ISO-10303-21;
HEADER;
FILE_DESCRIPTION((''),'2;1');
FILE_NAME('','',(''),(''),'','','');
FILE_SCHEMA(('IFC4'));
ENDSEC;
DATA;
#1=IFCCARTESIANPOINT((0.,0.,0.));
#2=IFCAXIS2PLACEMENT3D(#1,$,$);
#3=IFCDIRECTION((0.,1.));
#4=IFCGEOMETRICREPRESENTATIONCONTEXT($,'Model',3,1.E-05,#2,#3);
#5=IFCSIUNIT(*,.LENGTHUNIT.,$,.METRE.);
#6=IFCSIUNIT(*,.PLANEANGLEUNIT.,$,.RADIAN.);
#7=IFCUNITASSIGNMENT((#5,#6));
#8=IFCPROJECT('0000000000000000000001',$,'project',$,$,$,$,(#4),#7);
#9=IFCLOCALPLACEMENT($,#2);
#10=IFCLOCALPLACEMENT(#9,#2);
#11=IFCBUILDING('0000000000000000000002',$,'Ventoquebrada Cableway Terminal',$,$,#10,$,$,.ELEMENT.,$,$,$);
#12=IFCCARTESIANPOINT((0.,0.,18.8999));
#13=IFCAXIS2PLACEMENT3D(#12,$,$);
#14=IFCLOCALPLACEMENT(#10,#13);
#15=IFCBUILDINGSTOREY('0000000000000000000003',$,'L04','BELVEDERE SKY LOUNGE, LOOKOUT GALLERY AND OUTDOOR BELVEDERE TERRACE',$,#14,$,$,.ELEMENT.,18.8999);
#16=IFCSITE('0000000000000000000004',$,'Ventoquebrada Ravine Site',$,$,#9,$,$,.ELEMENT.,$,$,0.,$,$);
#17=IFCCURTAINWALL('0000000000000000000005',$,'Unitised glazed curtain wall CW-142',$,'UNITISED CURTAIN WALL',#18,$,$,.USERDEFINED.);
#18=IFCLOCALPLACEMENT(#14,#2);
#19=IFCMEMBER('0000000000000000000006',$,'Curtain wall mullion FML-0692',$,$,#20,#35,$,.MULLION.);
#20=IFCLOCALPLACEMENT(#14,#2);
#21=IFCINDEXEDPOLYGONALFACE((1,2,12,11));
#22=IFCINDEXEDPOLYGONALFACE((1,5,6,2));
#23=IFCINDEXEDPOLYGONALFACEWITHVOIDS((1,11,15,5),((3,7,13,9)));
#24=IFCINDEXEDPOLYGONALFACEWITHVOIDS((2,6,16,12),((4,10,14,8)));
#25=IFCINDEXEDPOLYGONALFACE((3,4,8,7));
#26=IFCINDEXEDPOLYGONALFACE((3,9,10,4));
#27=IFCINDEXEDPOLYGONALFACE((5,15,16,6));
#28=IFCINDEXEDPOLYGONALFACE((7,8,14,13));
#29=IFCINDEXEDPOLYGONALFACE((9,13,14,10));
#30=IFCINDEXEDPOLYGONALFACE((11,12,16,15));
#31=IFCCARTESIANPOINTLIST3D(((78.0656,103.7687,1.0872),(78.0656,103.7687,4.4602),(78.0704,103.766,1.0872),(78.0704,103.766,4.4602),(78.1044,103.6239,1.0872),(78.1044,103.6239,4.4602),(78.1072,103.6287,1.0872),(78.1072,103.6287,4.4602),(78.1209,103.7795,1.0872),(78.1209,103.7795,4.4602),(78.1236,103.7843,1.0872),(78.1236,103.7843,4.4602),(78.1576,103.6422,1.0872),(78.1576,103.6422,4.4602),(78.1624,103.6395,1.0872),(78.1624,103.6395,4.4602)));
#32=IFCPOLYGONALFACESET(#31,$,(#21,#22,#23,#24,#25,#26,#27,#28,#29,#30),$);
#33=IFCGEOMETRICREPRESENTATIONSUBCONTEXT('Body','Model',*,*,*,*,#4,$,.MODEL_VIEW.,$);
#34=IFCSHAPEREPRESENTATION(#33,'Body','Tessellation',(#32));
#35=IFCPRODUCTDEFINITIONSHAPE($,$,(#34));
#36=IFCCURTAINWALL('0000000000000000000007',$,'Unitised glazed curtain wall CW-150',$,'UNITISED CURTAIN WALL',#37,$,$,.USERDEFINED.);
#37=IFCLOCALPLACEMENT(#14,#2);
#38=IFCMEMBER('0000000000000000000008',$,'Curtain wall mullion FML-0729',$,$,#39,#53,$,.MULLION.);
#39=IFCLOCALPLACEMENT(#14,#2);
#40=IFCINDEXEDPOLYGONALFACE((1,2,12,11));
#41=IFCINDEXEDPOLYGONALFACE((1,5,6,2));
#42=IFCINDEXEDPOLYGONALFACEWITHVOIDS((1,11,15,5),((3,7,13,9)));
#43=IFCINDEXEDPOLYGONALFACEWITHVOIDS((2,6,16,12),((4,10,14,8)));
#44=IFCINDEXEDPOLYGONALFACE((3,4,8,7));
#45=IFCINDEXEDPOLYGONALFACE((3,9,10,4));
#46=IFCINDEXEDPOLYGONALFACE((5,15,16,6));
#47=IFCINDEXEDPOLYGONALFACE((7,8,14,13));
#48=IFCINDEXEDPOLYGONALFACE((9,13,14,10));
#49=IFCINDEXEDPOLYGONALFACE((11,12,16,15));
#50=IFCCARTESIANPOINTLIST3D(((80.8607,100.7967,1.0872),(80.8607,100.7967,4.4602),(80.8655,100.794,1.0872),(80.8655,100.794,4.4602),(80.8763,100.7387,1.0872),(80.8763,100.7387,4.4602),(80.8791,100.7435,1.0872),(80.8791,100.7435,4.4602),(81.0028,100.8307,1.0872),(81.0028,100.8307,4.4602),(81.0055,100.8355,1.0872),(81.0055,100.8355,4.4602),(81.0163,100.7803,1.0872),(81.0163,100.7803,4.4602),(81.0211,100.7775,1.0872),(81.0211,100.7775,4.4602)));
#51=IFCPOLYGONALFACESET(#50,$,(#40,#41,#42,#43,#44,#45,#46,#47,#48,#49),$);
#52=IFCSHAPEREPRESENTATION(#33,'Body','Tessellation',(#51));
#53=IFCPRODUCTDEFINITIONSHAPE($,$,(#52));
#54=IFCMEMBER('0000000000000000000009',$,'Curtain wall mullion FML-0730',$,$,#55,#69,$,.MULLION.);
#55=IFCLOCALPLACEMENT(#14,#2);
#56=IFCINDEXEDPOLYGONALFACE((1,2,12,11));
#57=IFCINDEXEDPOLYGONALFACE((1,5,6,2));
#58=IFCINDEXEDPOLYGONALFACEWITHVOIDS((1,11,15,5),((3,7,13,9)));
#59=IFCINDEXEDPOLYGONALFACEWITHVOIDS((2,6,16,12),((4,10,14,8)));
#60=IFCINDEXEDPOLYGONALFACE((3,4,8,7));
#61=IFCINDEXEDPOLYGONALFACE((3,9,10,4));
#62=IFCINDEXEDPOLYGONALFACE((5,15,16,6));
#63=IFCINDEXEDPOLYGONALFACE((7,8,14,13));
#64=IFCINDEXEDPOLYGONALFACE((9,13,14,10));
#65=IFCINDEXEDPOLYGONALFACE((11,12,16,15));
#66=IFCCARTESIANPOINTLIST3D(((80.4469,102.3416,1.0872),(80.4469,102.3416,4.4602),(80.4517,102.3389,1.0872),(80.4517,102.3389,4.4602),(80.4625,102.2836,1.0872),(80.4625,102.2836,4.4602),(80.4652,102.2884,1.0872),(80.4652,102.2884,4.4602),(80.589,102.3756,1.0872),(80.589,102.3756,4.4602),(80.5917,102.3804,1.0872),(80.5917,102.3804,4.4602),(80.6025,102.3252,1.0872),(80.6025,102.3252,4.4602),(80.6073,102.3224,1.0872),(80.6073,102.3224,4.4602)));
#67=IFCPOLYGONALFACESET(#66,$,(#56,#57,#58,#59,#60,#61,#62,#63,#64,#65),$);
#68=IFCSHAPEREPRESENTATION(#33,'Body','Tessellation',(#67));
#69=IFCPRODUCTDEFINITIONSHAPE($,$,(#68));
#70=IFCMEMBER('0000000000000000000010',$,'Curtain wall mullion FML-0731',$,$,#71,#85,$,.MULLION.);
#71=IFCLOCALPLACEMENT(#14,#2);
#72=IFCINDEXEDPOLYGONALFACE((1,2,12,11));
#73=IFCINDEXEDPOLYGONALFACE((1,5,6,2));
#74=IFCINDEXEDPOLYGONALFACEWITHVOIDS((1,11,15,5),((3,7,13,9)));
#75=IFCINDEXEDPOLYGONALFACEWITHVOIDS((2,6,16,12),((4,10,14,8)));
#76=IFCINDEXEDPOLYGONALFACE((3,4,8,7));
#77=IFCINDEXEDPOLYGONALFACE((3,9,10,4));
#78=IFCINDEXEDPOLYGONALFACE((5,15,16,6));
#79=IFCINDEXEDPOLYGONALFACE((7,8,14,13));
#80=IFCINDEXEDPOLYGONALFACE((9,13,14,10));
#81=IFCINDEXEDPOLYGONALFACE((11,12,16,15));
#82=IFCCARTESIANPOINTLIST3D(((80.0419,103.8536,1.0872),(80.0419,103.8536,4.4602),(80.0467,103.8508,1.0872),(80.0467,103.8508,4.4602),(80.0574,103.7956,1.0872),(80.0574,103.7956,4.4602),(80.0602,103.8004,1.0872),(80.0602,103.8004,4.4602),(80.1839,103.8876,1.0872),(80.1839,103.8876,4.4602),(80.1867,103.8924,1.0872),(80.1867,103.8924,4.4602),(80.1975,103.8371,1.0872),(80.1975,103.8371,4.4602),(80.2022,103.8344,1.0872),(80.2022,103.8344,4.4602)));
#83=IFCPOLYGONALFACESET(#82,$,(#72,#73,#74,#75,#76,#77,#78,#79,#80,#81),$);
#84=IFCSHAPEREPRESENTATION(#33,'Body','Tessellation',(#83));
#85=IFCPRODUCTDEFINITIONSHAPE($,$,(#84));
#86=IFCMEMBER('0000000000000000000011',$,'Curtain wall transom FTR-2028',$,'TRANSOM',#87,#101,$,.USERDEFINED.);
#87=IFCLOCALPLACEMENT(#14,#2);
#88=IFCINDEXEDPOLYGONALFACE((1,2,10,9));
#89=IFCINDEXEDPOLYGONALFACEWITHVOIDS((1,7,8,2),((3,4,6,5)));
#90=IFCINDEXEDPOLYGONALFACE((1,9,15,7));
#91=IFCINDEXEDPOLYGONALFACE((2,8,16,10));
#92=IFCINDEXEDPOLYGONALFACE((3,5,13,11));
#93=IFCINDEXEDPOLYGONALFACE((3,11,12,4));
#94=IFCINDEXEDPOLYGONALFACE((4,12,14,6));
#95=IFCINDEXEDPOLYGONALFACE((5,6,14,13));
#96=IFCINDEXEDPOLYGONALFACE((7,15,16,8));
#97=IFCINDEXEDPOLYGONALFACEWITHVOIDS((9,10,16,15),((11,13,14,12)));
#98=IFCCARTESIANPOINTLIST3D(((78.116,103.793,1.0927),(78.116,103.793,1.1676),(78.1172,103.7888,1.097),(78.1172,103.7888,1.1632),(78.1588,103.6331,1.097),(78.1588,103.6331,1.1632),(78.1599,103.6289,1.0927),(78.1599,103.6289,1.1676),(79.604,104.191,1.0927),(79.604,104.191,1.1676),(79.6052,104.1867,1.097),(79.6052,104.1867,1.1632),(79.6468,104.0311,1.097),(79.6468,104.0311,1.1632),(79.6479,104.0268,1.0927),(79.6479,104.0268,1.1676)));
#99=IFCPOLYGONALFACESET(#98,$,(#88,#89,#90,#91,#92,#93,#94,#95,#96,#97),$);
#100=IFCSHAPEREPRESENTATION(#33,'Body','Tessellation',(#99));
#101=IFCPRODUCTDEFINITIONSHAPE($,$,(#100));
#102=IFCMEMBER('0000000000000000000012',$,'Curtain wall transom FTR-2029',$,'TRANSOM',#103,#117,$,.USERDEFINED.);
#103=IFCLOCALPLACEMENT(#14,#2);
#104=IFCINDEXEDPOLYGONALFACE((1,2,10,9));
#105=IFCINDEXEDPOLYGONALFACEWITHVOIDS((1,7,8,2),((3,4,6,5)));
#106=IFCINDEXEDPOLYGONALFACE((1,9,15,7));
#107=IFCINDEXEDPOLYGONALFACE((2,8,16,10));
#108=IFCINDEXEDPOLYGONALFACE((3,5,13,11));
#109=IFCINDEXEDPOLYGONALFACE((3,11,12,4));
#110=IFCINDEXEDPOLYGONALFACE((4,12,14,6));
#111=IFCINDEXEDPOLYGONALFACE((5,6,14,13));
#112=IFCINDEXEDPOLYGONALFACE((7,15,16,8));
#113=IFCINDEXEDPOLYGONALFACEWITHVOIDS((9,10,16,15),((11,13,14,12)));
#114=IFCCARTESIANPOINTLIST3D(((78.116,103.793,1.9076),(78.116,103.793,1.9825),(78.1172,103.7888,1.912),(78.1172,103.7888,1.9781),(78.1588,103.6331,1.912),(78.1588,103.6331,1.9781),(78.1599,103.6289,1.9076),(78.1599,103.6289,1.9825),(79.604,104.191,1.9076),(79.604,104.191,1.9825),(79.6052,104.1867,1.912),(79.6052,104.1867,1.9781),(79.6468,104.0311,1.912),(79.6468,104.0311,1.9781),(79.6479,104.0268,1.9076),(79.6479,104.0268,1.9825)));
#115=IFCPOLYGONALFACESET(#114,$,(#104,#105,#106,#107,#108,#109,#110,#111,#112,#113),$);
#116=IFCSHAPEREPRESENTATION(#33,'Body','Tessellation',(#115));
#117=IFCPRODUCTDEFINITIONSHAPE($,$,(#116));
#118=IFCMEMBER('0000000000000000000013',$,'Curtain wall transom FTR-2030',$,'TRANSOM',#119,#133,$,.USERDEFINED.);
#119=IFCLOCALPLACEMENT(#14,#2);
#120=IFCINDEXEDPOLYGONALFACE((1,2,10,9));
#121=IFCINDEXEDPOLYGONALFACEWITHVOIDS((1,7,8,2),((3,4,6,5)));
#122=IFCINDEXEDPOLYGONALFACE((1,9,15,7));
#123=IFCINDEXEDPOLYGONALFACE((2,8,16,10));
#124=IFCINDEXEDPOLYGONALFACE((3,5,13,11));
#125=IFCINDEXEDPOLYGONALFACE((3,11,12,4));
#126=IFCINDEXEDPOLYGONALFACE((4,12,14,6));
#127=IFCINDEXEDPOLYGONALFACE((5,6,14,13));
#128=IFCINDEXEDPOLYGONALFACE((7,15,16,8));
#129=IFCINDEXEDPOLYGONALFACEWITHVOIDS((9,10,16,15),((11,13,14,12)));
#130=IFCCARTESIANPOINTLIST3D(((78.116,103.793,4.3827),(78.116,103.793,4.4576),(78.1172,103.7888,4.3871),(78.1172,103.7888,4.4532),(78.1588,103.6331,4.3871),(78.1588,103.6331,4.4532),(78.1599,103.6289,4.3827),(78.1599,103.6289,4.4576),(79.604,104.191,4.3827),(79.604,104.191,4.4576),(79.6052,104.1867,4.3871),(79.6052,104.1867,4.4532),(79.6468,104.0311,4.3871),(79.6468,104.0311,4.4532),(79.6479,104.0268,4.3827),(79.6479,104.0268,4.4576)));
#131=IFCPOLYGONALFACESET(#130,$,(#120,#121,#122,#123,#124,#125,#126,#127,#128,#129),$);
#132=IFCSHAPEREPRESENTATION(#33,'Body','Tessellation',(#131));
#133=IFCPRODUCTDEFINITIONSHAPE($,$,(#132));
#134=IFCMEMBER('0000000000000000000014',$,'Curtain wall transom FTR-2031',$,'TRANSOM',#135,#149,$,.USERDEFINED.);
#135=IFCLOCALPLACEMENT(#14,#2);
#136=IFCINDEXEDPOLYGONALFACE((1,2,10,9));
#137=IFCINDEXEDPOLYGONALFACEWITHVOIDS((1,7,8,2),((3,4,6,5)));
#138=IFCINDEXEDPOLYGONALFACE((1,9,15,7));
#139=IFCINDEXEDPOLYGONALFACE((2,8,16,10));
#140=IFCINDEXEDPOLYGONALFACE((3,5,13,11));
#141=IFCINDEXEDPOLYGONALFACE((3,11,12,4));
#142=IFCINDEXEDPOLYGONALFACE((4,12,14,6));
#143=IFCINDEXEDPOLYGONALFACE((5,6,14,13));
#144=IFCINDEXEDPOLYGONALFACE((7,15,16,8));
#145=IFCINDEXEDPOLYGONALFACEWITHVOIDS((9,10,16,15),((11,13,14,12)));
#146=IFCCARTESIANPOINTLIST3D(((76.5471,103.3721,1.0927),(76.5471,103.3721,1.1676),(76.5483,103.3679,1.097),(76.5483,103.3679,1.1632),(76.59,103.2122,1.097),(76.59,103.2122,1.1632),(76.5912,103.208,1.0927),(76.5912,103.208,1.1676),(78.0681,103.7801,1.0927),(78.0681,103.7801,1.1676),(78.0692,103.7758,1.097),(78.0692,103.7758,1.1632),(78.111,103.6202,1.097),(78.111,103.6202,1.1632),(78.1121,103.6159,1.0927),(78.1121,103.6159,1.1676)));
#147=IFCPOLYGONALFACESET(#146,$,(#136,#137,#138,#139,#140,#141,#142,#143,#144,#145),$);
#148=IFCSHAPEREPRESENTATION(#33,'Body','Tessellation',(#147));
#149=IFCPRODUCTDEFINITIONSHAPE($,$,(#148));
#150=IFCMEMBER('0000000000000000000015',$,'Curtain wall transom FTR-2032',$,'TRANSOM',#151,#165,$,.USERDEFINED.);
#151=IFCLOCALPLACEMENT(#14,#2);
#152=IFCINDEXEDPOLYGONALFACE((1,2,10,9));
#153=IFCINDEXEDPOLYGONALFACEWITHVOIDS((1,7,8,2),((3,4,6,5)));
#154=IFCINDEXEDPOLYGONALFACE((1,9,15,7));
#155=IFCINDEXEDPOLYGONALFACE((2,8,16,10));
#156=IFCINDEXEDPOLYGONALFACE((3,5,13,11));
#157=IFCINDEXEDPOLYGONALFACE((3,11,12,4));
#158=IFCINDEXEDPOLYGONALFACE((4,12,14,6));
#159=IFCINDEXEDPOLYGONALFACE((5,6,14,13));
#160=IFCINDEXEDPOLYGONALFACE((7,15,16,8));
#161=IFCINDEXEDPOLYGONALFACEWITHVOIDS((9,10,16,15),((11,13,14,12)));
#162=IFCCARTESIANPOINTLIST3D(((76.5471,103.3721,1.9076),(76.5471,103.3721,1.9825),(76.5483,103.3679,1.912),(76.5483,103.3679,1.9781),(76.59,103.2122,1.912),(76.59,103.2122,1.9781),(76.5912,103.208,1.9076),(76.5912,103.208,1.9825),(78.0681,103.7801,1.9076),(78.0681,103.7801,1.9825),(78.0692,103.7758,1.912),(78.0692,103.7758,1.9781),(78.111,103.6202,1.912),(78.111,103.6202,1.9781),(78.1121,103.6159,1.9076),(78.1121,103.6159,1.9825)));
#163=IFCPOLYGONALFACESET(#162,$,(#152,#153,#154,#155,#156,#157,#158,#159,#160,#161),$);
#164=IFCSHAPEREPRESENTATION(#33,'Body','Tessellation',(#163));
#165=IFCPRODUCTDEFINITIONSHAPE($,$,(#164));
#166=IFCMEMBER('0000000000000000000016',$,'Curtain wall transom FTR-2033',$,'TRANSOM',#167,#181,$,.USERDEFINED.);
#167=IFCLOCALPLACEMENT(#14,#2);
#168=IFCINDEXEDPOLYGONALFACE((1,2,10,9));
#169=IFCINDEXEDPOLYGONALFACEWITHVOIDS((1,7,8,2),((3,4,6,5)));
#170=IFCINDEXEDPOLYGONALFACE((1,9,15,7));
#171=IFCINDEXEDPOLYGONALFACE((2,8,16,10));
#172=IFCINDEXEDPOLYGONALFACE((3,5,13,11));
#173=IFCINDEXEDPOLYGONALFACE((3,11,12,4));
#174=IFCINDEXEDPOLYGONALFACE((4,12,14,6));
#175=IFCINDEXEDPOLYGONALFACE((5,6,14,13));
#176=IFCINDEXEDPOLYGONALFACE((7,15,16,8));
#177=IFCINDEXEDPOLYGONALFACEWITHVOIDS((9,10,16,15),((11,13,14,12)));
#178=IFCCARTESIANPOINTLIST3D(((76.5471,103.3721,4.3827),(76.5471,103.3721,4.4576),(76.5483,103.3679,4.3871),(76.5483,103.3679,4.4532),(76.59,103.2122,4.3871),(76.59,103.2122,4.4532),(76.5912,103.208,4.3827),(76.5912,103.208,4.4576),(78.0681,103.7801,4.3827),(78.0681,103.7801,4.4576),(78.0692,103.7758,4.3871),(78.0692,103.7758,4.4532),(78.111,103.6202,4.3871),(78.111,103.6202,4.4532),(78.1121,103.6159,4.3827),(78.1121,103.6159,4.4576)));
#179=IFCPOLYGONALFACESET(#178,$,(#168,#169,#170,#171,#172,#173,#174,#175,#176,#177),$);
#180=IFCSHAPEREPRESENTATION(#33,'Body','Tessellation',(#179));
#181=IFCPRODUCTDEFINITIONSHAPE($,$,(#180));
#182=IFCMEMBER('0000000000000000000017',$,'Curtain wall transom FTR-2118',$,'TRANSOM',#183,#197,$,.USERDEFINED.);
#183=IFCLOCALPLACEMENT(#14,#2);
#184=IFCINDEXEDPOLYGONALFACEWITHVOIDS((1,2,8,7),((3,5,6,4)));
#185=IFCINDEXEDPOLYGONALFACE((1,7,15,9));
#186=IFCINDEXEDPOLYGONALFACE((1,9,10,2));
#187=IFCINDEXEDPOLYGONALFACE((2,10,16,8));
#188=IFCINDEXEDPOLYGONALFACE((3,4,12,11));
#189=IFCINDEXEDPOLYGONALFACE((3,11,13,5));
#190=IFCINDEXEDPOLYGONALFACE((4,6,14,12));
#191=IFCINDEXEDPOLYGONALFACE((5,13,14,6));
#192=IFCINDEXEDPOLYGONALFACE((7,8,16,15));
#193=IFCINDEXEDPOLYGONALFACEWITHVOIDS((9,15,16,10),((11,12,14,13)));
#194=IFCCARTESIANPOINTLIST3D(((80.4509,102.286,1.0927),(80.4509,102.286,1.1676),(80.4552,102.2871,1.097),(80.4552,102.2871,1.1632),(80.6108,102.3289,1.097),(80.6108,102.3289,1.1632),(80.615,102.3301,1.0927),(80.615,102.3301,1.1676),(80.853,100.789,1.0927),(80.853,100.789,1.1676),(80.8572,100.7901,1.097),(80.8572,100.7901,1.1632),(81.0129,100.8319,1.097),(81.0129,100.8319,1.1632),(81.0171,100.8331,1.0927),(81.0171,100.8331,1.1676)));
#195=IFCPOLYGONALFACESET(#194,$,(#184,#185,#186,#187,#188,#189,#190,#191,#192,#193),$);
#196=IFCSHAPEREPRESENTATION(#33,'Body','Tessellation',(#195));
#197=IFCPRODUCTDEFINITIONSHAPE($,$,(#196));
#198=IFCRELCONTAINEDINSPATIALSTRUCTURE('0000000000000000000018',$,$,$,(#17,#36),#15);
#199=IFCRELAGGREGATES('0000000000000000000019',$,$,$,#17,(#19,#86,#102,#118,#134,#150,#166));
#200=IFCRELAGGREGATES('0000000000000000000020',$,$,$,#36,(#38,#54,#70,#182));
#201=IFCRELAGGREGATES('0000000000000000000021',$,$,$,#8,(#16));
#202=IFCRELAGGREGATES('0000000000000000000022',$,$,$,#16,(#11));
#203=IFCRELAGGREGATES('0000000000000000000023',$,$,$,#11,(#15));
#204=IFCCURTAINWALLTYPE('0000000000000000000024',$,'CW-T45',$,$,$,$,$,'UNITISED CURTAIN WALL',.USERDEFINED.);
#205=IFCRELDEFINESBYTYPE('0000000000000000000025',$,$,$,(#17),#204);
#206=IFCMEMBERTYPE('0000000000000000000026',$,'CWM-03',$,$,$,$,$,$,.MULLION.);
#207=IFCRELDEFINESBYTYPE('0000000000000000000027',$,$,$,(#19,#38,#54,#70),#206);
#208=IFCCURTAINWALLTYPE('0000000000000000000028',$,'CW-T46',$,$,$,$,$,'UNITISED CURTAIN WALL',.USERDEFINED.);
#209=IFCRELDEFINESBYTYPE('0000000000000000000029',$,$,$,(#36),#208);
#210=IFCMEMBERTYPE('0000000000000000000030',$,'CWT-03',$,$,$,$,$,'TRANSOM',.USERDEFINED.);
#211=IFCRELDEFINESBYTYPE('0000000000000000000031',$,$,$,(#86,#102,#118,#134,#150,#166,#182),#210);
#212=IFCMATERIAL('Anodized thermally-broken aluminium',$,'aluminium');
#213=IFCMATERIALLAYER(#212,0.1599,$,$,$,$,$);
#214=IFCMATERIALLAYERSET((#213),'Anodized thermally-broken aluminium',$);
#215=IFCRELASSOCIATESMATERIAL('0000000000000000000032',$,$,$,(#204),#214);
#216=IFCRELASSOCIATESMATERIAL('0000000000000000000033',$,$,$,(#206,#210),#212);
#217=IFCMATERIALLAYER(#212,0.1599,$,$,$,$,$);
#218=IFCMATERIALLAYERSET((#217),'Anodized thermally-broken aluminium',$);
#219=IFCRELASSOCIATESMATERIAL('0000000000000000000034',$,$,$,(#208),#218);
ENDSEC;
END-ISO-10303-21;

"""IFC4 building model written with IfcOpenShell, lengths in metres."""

from ifc_helpers import new_model, si_unit, direction, frame, origin, origin_2d, place, context, subcontext, project, spatial, hollow_rectangle, extrude, material, layer, layer_set, material_profile, profile_set, type_object, element, aggregate, save


model = new_model("IFC4")

# Units and contexts
model_context = context("Model", 3, precision=1e-05, world=origin(), true_north=direction((0.0, 1.0)))
body_context = subcontext(model_context, "Body", "Model", "MODEL_VIEW")
ifc_project = project(units=[si_unit("LENGTHUNIT", "METRE"), si_unit("PLANEANGLEUNIT", "RADIAN")], contexts=[model_context])

# Site, building, storey
site_placement = place(None, origin())
site = spatial("IfcSite", under=ifc_project, at=site_placement, Name="Ventoquebrada Ravine Site", CompositionType="ELEMENT", RefElevation=0.0)
building_placement = place(site_placement, origin())
building = spatial("IfcBuilding", under=site, at=building_placement, Name="Ventoquebrada Cableway Terminal", CompositionType="ELEMENT")
storey_placement = place(building_placement, frame((0.0, 0.0, 18.8999)))
storey = spatial("IfcBuildingStorey", under=building, at=storey_placement, Name="L04", Description="BELVEDERE SKY LOUNGE, LOOKOUT GALLERY AND OUTDOOR BELVEDERE TERRACE", CompositionType="ELEMENT", Elevation=18.8999)

# Curtain walls, members
ifc_material_1 = material(Name="Anodized thermally-broken aluminium", Category="aluminium")
ifc_layer_1 = layer(ifc_material_1, 0.1599)
ifc_layer_set_1 = layer_set([ifc_layer_1], Name="Anodized thermally-broken aluminium")
curtain_wall_type_1 = type_object("IfcCurtainWallType", Name="CW-T45", ElementType="UNITISED CURTAIN WALL", PredefinedType="USERDEFINED", material=ifc_layer_set_1)
curtain_wall_1_placement = place(storey_placement, origin())
curtain_wall_1 = element("IfcCurtainWall", 1, at=curtain_wall_1_placement, inside=storey, type_object=curtain_wall_type_1, Name="Unitised glazed curtain wall CW-142", ObjectType="UNITISED CURTAIN WALL", PredefinedType="USERDEFINED")
ifc_material_profile_1 = material_profile(ifc_material_1, hollow_rectangle(XDim=0.0601, YDim=0.1499, WallThickness=0.0039, at=origin_2d()), Name="CW-MUL-60X150")
ifc_profile_set_1 = profile_set([ifc_material_profile_1], Name="Anodized thermally-broken aluminium")
member_type_1 = type_object("IfcMemberType", Name="CWM-03", PredefinedType="MULLION", material=ifc_profile_set_1)
member_1_placement = place(storey_placement, frame((78.114, 103.7041, 1.0872), z_axis=(0.0, 0.0, 1.0), x_axis=(-0.965944, -0.258752, 0.0)))
member_1 = element("IfcMember", 2, at=member_1_placement, type_object=member_type_1, Name="Curtain wall mullion FML-0692", PredefinedType="MULLION", context=body_context, shape_type="SweptSolid", body=[
    extrude(hollow_rectangle(XDim=0.0601, YDim=0.1499, WallThickness=0.0039, at=origin_2d()), origin(), (0.0, 0.0, 1.0), 3.373),
])
ifc_layer_2 = layer(ifc_material_1, 0.1599)
ifc_layer_set_2 = layer_set([ifc_layer_2], Name="Anodized thermally-broken aluminium")
curtain_wall_type_2 = type_object("IfcCurtainWallType", Name="CW-T46", ElementType="UNITISED CURTAIN WALL", PredefinedType="USERDEFINED", material=ifc_layer_set_2)
curtain_wall_2_placement = place(storey_placement, origin())
curtain_wall_2 = element("IfcCurtainWall", 3, at=curtain_wall_2_placement, inside=storey, type_object=curtain_wall_type_2, Name="Unitised glazed curtain wall CW-150", ObjectType="UNITISED CURTAIN WALL", PredefinedType="USERDEFINED")
member_2_placement = place(storey_placement, frame((80.9409, 100.7871, 1.0872), z_axis=(0.0, 0.0, 1.0), x_axis=(-0.258718, 0.965953, 0.0)))
member_2 = element("IfcMember", 4, at=member_2_placement, type_object=member_type_1, Name="Curtain wall mullion FML-0729", PredefinedType="MULLION", context=body_context, shape_type="SweptSolid", body=[
    extrude(hollow_rectangle(XDim=0.0601, YDim=0.1499, WallThickness=0.0039, at=origin_2d()), origin(), (0.0, 0.0, 1.0), 3.373),
])
member_3_placement = place(storey_placement, frame((80.5271, 102.332, 1.0872), z_axis=(0.0, 0.0, 1.0), x_axis=(-0.258718, 0.965953, 0.0)))
member_3 = element("IfcMember", 5, at=member_3_placement, type_object=member_type_1, Name="Curtain wall mullion FML-0730", PredefinedType="MULLION", context=body_context, shape_type="SweptSolid", body=[
    extrude(hollow_rectangle(XDim=0.0601, YDim=0.1499, WallThickness=0.0039, at=origin_2d()), origin(), (0.0, 0.0, 1.0), 3.373),
])
member_4_placement = place(storey_placement, frame((80.1221, 103.844, 1.0872), z_axis=(0.0, 0.0, 1.0), x_axis=(-0.258718, 0.965953, 0.0)))
member_4 = element("IfcMember", 6, at=member_4_placement, type_object=member_type_1, Name="Curtain wall mullion FML-0731", PredefinedType="MULLION", context=body_context, shape_type="SweptSolid", body=[
    extrude(hollow_rectangle(XDim=0.0601, YDim=0.1499, WallThickness=0.0039, at=origin_2d()), origin(), (0.0, 0.0, 1.0), 3.373),
])

# Members
ifc_material_profile_2 = material_profile(ifc_material_1, hollow_rectangle(XDim=0.075, YDim=0.1699, WallThickness=0.0044, at=origin_2d()), Name="CW-TRN-75X170")
ifc_profile_set_2 = profile_set([ifc_material_profile_2], Name="Anodized thermally-broken aluminium")
member_type_2 = type_object("IfcMemberType", Name="CWT-03", ElementType="TRANSOM", PredefinedType="USERDEFINED", material=ifc_profile_set_2)
member_5_placement = place(storey_placement, frame((79.626, 104.1089, 1.1301), z_axis=(-0.966051, -0.258353, 0.0), x_axis=(0.0, 0.0, 1.0)))
member_5 = element("IfcMember", 7, at=member_5_placement, type_object=member_type_2, Name="Curtain wall transom FTR-2028", ObjectType="TRANSOM", PredefinedType="USERDEFINED", context=body_context, shape_type="SweptSolid", body=[
    extrude(hollow_rectangle(XDim=0.075, YDim=0.1699, WallThickness=0.0044, at=origin_2d()), origin(), (0.0, 0.0, 1.0), 1.5403),
])
member_6_placement = place(storey_placement, frame((79.626, 104.1089, 1.9451), z_axis=(-0.966051, -0.258353, 0.0), x_axis=(0.0, 0.0, 1.0)))
member_6 = element("IfcMember", 8, at=member_6_placement, type_object=member_type_2, Name="Curtain wall transom FTR-2029", ObjectType="TRANSOM", PredefinedType="USERDEFINED", context=body_context, shape_type="SweptSolid", body=[
    extrude(hollow_rectangle(XDim=0.075, YDim=0.1699, WallThickness=0.0044, at=origin_2d()), origin(), (0.0, 0.0, 1.0), 1.5403),
])
member_7_placement = place(storey_placement, frame((79.626, 104.1089, 4.4202), z_axis=(-0.966051, -0.258353, 0.0), x_axis=(0.0, 0.0, 1.0)))
member_7 = element("IfcMember", 9, at=member_7_placement, type_object=member_type_2, Name="Curtain wall transom FTR-2030", ObjectType="TRANSOM", PredefinedType="USERDEFINED", context=body_context, shape_type="SweptSolid", body=[
    extrude(hollow_rectangle(XDim=0.075, YDim=0.1699, WallThickness=0.0044, at=origin_2d()), origin(), (0.0, 0.0, 1.0), 1.5403),
])
member_8_placement = place(storey_placement, frame((78.0901, 103.698, 1.1301), z_axis=(-0.965861, -0.259062, 0.0), x_axis=(0.0, 0.0, 1.0)))
member_8 = element("IfcMember", 10, at=member_8_placement, type_object=member_type_2, Name="Curtain wall transom FTR-2031", ObjectType="TRANSOM", PredefinedType="USERDEFINED", context=body_context, shape_type="SweptSolid", body=[
    extrude(hollow_rectangle(XDim=0.075, YDim=0.1699, WallThickness=0.0044, at=origin_2d()), origin(), (0.0, 0.0, 1.0), 1.5747),
])
member_9_placement = place(storey_placement, frame((78.0901, 103.698, 1.9451), z_axis=(-0.965861, -0.259062, 0.0), x_axis=(0.0, 0.0, 1.0)))
member_9 = element("IfcMember", 11, at=member_9_placement, type_object=member_type_2, Name="Curtain wall transom FTR-2032", ObjectType="TRANSOM", PredefinedType="USERDEFINED", context=body_context, shape_type="SweptSolid", body=[
    extrude(hollow_rectangle(XDim=0.075, YDim=0.1699, WallThickness=0.0044, at=origin_2d()), origin(), (0.0, 0.0, 1.0), 1.5747),
])
member_10_placement = place(storey_placement, frame((78.0901, 103.698, 4.4202), z_axis=(-0.965861, -0.259062, 0.0), x_axis=(0.0, 0.0, 1.0)))
member_10 = element("IfcMember", 12, at=member_10_placement, type_object=member_type_2, Name="Curtain wall transom FTR-2033", ObjectType="TRANSOM", PredefinedType="USERDEFINED", context=body_context, shape_type="SweptSolid", body=[
    extrude(hollow_rectangle(XDim=0.075, YDim=0.1699, WallThickness=0.0044, at=origin_2d()), origin(), (0.0, 0.0, 1.0), 1.5747),
])
member_11_placement = place(storey_placement, frame((80.9351, 100.811, 1.1301), z_axis=(-0.259397, 0.965771, 0.0), x_axis=(0.0, 0.0, 1.0)))
member_11 = element("IfcMember", 13, at=member_11_placement, type_object=member_type_2, Name="Curtain wall transom FTR-2118", ObjectType="TRANSOM", PredefinedType="USERDEFINED", context=body_context, shape_type="SweptSolid", body=[
    extrude(hollow_rectangle(XDim=0.075, YDim=0.1699, WallThickness=0.0044, at=origin_2d()), origin(), (0.0, 0.0, 1.0), 1.55),
])

aggregate(curtain_wall_1, [member_1, member_5, member_6, member_7, member_8, member_9, member_10])
aggregate(curtain_wall_2, [member_2, member_3, member_4, member_11])

save(model, "model.ifc")
